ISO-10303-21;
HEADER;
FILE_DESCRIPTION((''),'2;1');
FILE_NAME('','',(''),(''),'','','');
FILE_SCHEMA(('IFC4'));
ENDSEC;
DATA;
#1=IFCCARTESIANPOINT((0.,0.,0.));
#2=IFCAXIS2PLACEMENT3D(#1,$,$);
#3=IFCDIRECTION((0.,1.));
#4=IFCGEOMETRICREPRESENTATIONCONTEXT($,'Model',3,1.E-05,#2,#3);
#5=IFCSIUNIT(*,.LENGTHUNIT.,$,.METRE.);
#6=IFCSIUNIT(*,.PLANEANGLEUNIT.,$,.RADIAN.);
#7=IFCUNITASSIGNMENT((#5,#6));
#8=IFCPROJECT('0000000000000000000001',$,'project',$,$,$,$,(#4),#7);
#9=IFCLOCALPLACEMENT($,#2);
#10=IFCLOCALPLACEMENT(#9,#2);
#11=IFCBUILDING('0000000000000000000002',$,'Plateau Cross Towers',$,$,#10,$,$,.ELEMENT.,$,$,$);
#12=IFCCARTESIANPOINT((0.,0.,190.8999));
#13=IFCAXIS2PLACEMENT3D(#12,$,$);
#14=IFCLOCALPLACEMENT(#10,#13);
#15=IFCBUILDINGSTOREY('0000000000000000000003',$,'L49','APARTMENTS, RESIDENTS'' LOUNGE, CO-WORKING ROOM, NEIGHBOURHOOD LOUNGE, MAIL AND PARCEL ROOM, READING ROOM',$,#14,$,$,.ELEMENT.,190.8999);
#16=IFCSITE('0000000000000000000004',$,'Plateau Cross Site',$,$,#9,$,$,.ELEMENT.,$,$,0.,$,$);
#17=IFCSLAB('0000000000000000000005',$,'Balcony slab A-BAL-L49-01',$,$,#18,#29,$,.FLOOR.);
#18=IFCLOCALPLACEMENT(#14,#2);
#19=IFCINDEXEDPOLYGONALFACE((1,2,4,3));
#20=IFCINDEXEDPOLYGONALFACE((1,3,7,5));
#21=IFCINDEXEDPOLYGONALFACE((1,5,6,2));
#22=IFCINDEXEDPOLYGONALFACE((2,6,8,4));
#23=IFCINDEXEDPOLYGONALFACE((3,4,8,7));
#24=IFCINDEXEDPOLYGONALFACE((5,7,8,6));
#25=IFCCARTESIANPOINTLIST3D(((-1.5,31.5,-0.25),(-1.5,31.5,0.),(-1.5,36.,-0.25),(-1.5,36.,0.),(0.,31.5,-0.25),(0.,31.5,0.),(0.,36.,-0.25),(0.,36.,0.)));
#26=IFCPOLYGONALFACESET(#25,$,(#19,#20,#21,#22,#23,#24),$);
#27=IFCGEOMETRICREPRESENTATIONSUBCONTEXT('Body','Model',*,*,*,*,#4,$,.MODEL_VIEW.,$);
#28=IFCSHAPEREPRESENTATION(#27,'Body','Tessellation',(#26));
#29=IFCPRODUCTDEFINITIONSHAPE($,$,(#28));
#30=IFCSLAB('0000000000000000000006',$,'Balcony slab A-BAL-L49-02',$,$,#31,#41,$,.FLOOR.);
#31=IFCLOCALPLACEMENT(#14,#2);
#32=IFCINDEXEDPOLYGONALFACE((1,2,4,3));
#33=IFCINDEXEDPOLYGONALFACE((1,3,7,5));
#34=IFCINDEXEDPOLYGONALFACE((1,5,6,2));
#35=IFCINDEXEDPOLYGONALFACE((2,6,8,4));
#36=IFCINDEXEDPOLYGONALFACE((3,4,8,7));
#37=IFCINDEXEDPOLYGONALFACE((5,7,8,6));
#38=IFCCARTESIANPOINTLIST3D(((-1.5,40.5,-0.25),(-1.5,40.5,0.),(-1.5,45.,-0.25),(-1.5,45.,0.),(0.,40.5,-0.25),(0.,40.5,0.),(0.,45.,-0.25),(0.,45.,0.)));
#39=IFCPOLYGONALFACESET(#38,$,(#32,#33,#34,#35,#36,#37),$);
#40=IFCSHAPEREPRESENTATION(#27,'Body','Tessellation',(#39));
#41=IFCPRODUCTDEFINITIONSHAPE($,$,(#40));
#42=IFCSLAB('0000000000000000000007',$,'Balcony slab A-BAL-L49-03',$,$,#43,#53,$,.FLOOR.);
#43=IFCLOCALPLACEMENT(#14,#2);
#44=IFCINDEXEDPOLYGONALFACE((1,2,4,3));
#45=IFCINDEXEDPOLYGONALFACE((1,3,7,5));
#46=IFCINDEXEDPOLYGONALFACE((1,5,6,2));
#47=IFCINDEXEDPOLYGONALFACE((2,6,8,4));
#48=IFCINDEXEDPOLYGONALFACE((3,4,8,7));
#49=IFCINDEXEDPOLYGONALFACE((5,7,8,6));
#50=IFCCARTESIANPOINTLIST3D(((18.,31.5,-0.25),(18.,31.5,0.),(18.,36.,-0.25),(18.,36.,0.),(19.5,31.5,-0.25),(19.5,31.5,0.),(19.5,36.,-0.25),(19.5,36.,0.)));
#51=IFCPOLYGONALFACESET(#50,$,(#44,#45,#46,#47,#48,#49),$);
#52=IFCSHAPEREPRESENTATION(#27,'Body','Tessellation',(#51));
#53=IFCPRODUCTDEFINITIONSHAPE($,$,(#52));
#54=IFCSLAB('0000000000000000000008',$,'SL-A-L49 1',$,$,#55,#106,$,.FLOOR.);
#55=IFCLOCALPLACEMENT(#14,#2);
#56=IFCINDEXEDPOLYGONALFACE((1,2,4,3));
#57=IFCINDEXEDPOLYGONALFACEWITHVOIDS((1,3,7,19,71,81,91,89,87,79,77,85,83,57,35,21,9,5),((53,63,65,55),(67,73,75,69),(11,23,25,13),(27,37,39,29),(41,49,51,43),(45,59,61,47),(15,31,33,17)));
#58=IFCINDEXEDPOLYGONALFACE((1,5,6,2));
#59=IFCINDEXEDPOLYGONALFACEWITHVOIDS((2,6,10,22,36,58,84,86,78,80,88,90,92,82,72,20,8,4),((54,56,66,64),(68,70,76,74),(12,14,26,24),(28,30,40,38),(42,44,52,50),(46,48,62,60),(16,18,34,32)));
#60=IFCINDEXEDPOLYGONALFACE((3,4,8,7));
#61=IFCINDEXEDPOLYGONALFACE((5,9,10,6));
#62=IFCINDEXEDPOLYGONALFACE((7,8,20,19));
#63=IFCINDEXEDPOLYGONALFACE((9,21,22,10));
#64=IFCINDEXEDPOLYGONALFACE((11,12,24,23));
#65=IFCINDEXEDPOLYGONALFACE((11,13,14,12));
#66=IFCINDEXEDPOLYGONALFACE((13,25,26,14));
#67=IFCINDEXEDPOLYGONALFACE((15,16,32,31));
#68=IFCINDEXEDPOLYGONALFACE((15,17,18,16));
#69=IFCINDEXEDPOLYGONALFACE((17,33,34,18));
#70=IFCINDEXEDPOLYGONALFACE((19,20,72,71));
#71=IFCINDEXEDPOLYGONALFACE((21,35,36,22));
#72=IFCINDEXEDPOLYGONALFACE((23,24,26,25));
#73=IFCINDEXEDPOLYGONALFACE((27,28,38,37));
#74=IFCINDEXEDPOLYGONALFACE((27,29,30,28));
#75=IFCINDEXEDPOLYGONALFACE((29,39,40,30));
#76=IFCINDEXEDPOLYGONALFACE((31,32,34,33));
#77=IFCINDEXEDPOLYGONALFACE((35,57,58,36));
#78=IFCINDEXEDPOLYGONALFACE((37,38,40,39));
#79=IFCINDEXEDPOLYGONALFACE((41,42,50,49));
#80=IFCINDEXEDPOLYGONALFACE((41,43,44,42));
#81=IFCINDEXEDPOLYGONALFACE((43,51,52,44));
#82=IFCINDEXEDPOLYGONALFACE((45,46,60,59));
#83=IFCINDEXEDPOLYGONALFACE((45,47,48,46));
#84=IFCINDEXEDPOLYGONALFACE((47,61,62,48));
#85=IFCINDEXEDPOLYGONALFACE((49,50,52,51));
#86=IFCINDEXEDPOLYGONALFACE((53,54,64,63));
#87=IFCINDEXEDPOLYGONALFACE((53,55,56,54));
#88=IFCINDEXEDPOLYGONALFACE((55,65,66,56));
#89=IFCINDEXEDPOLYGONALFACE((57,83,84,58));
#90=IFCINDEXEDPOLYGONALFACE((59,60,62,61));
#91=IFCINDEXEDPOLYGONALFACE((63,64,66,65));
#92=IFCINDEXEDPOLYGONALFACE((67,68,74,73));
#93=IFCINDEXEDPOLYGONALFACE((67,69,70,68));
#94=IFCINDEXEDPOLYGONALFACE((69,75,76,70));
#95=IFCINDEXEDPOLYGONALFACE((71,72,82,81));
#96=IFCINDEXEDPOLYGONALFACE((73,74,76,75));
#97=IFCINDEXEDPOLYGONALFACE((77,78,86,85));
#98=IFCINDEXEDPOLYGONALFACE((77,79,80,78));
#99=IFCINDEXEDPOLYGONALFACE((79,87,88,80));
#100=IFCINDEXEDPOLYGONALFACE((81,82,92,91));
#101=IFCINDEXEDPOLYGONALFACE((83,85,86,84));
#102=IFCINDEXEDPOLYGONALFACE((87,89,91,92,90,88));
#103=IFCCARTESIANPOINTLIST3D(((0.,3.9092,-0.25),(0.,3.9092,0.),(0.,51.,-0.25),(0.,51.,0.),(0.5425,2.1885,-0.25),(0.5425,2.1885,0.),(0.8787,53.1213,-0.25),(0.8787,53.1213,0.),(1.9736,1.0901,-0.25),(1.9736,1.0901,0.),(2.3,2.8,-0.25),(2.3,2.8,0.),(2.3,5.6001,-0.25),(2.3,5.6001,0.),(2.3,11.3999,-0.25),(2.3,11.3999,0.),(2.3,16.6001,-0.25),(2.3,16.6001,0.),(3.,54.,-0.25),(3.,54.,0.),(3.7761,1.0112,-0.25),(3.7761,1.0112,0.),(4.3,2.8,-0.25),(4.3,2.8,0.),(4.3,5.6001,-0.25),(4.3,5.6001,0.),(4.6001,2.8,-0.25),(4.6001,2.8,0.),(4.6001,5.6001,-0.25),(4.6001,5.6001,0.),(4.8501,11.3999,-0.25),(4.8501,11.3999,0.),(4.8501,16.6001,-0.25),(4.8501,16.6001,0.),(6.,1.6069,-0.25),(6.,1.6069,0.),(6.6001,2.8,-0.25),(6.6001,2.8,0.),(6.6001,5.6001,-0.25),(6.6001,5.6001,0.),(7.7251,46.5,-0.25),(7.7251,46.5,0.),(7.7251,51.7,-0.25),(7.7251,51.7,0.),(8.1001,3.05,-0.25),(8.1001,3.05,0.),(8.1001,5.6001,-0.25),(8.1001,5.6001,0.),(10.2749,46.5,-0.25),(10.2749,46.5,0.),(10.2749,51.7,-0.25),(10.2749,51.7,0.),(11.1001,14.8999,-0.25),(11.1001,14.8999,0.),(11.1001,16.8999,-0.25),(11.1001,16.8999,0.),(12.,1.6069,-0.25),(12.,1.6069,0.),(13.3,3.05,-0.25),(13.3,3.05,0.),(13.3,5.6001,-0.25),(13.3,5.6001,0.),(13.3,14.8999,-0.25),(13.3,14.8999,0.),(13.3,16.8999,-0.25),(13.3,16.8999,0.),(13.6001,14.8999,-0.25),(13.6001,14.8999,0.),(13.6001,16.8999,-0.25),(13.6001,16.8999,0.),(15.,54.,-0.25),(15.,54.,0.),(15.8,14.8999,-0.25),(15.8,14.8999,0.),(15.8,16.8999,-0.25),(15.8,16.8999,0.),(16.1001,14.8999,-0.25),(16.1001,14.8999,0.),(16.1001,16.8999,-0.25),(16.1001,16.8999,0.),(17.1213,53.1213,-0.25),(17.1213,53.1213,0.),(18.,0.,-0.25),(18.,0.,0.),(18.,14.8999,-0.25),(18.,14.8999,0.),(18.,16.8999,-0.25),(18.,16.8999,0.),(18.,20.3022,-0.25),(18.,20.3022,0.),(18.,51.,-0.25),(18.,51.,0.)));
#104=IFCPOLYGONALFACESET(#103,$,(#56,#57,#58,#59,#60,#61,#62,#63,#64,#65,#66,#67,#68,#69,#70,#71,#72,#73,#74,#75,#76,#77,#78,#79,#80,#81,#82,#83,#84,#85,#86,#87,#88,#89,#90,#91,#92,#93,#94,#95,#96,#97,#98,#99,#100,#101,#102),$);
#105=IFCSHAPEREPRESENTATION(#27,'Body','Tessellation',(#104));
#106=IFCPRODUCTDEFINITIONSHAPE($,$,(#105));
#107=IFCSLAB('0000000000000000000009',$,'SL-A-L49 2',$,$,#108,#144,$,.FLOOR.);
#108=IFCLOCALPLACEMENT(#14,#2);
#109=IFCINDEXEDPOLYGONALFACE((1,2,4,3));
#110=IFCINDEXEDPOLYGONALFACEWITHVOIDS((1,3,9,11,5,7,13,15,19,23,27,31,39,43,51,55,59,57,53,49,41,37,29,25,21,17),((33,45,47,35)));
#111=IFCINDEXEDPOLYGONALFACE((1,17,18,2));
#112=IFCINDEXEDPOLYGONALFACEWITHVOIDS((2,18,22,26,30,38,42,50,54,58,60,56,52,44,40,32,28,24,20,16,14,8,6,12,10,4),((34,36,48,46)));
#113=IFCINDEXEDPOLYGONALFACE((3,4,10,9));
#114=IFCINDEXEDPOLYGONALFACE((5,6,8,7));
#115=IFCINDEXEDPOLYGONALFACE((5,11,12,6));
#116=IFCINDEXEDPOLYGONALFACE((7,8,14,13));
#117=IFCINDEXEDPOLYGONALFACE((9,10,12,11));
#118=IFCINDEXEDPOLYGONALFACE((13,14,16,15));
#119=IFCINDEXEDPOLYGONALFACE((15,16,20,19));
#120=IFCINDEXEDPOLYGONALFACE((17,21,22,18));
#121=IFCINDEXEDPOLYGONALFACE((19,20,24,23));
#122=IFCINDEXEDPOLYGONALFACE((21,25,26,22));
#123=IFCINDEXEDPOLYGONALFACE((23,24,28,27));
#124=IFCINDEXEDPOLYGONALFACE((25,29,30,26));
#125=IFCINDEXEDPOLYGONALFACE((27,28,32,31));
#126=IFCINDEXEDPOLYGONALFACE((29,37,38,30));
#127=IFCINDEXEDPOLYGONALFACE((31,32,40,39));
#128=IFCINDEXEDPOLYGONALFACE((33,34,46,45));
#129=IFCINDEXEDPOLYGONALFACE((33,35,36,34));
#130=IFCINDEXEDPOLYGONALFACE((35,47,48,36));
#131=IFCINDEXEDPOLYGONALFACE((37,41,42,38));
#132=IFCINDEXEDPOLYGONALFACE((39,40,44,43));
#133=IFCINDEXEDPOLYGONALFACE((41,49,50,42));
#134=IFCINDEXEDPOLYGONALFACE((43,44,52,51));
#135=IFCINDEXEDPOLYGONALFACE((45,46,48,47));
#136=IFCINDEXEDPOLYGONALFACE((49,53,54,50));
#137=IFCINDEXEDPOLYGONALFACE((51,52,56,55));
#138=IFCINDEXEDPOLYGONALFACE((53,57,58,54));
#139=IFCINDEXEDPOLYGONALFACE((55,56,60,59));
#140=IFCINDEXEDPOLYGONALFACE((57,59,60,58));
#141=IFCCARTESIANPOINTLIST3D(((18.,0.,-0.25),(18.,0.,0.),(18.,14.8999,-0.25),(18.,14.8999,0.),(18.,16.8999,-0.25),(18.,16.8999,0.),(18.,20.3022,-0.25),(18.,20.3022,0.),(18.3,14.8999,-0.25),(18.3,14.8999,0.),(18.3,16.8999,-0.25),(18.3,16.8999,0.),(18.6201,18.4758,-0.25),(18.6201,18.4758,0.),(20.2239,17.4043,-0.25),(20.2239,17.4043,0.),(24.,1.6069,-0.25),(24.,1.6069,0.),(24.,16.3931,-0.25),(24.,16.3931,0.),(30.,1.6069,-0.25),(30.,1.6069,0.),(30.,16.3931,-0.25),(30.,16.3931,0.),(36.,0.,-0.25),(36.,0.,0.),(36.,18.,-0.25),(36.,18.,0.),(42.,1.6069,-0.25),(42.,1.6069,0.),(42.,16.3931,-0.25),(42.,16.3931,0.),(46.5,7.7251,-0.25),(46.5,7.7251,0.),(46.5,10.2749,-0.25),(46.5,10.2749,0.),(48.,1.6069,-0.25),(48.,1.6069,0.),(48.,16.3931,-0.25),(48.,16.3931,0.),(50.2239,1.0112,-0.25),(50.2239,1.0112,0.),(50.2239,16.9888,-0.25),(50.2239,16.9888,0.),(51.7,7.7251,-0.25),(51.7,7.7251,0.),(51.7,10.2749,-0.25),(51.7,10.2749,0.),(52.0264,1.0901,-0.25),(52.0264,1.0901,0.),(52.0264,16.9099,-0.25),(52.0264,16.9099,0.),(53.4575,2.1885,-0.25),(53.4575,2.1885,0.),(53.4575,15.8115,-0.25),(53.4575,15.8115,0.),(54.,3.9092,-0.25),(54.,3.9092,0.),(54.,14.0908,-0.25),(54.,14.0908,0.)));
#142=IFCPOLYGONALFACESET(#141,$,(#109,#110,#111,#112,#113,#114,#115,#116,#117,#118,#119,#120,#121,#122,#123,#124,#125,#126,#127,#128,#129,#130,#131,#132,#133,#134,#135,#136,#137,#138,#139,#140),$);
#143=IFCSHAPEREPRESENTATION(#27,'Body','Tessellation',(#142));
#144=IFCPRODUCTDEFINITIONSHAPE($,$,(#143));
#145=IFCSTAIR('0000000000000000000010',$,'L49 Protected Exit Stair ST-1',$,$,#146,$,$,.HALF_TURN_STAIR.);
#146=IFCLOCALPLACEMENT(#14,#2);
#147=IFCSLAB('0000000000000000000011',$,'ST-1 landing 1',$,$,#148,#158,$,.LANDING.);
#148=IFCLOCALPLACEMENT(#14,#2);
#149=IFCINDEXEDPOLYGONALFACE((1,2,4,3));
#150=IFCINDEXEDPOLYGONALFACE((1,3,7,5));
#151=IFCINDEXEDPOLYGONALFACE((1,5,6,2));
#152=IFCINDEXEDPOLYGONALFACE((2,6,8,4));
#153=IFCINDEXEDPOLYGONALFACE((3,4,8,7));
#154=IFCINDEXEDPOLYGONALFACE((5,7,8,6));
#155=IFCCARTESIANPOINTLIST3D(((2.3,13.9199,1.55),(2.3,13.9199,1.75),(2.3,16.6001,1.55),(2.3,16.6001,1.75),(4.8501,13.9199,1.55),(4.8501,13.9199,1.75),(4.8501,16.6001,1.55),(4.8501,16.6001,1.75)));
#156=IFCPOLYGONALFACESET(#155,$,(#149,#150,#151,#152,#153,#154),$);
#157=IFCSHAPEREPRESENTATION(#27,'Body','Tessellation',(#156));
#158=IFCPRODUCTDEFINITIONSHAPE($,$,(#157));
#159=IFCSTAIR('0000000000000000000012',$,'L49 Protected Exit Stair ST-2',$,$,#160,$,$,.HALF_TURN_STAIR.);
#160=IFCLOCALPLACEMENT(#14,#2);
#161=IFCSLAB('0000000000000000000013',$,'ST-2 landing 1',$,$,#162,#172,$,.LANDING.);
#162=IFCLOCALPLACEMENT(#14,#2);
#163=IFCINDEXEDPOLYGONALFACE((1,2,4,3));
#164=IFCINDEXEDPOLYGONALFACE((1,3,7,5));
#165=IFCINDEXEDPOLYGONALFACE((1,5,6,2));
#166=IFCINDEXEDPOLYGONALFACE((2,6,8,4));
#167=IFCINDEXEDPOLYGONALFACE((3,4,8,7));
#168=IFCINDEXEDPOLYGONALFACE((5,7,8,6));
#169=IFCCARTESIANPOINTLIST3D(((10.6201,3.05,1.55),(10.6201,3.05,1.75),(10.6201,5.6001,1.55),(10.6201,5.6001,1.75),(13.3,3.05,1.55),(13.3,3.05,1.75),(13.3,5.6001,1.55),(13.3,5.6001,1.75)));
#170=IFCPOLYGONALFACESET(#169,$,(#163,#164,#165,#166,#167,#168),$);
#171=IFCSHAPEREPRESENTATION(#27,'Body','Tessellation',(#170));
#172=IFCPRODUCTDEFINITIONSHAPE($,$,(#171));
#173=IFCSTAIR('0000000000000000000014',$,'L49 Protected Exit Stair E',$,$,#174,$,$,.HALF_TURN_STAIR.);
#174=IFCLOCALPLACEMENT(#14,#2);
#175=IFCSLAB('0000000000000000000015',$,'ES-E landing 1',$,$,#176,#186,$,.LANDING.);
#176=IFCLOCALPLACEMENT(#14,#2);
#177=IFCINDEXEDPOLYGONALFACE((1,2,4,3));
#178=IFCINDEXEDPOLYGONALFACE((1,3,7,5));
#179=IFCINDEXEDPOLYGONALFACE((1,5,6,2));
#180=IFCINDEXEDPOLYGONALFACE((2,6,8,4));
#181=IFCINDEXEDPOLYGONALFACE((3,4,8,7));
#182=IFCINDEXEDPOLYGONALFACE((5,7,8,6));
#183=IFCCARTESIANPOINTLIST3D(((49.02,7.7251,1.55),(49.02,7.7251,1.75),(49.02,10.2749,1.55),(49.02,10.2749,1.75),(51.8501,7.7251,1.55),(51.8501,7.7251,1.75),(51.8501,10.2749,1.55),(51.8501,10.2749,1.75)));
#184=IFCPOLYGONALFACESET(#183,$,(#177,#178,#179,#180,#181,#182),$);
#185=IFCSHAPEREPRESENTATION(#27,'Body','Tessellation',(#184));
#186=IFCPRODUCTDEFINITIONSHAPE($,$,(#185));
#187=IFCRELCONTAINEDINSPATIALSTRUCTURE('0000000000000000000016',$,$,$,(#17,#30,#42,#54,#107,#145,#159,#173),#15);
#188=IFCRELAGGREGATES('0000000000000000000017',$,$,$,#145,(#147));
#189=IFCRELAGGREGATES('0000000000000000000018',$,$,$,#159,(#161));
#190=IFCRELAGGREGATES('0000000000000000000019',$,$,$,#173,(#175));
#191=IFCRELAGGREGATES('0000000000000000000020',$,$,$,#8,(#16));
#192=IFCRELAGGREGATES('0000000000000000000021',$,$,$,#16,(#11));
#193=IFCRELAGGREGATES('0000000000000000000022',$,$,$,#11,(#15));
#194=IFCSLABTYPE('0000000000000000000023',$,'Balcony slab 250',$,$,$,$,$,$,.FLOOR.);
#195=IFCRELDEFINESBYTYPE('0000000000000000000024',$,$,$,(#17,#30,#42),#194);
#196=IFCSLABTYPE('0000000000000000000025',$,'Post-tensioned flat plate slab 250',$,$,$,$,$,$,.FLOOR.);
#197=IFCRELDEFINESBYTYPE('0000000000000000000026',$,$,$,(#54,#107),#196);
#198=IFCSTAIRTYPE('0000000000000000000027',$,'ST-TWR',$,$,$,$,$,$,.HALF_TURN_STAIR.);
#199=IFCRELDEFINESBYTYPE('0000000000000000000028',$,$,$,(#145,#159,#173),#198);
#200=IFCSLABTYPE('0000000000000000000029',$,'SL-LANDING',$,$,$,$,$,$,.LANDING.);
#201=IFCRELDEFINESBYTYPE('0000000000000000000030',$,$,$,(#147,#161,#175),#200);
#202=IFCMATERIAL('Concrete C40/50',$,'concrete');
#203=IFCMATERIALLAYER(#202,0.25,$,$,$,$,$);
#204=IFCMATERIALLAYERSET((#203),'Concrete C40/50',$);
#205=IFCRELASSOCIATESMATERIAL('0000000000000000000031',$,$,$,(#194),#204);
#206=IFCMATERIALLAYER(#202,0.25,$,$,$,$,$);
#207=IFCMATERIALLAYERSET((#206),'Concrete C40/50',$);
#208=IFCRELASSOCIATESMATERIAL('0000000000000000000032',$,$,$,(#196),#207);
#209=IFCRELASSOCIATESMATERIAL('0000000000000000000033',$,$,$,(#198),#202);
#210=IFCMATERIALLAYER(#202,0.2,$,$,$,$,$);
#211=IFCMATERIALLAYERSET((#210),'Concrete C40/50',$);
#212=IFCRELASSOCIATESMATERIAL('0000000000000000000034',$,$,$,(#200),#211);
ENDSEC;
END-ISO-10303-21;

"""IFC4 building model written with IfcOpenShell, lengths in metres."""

from ifc_helpers import new_model, si_unit, direction, frame, origin, place, context, subcontext, project, spatial, polyline, outline, extrude, material, layer, layer_set, type_object, element, aggregate, save


model = new_model("IFC4")

# Units and contexts
model_context = context("Model", 3, precision=1e-05, world=origin(), true_north=direction((0.0, 1.0)))
body_context = subcontext(model_context, "Body", "Model", "MODEL_VIEW")
ifc_project = project(units=[si_unit("LENGTHUNIT", "METRE"), si_unit("PLANEANGLEUNIT", "RADIAN")], contexts=[model_context])

# Site, building, storey
site_placement = place(None, origin())
site = spatial("IfcSite", under=ifc_project, at=site_placement, Name="Plateau Cross Site", CompositionType="ELEMENT", RefElevation=0.0)
building_placement = place(site_placement, origin())
building = spatial("IfcBuilding", under=site, at=building_placement, Name="Plateau Cross Towers", CompositionType="ELEMENT")
storey_placement = place(building_placement, frame((0.0, 0.0, 190.8999)))
storey = spatial("IfcBuildingStorey", under=building, at=storey_placement, Name="L49", Description="APARTMENTS, RESIDENTS' LOUNGE, CO-WORKING ROOM, NEIGHBOURHOOD LOUNGE, MAIL AND PARCEL ROOM, READING ROOM", CompositionType="ELEMENT", Elevation=190.8999)

# Slabs
ifc_material_1 = material(Name="Concrete C40/50", Category="concrete")
ifc_layer_1 = layer(ifc_material_1, 0.25)
ifc_layer_set_1 = layer_set([ifc_layer_1], Name="Concrete C40/50")
slab_type_1 = type_object("IfcSlabType", Name="Balcony slab 250", PredefinedType="FLOOR", material=ifc_layer_set_1)
slab_1_placement = place(storey_placement, frame((0.0, 0.0, -0.25)))
element("IfcSlab", 1, at=slab_1_placement, inside=storey, type_object=slab_type_1, Name="Balcony slab A-BAL-L49-01", PredefinedType="FLOOR", context=body_context, shape_type="SweptSolid", body=[
    extrude(outline(polyline([(0.0, 31.5), (0.0, 36.0), (-1.5, 36.0), (-1.5, 31.5), (0.0, 31.5)])), origin(), (0.0, 0.0, 1.0), 0.25),
])
slab_2_placement = place(storey_placement, frame((0.0, 0.0, -0.25)))
element("IfcSlab", 2, at=slab_2_placement, inside=storey, type_object=slab_type_1, Name="Balcony slab A-BAL-L49-02", PredefinedType="FLOOR", context=body_context, shape_type="SweptSolid", body=[
    extrude(outline(polyline([(0.0, 40.5), (0.0, 45.0), (-1.5, 45.0), (-1.5, 40.5), (0.0, 40.5)])), origin(), (0.0, 0.0, 1.0), 0.25),
])
slab_3_placement = place(storey_placement, frame((0.0, 0.0, -0.25)))
element("IfcSlab", 3, at=slab_3_placement, inside=storey, type_object=slab_type_1, Name="Balcony slab A-BAL-L49-03", PredefinedType="FLOOR", context=body_context, shape_type="SweptSolid", body=[
    extrude(outline(polyline([(19.5, 31.5), (19.5, 36.0), (18.0, 36.0), (18.0, 31.5), (19.5, 31.5)])), origin(), (0.0, 0.0, 1.0), 0.25),
])
ifc_layer_2 = layer(ifc_material_1, 0.25)
ifc_layer_set_2 = layer_set([ifc_layer_2], Name="Concrete C40/50")
slab_type_2 = type_object("IfcSlabType", Name="Post-tensioned flat plate slab 250", PredefinedType="FLOOR", material=ifc_layer_set_2)
slab_4_placement = place(storey_placement, frame((0.0, 0.0, -0.25)))
element("IfcSlab", 4, at=slab_4_placement, inside=storey, type_object=slab_type_2, Name="SL-A-L49 1", PredefinedType="FLOOR", context=body_context, shape_type="SweptSolid", body=[
    extrude(outline(polyline([(0.5425, 2.1885), (0.0, 3.9092), (0.0, 51.0), (0.8787, 53.1213), (3.0, 54.0), (15.0, 54.0), (17.1213, 53.1213), (18.0, 51.0), (18.0, 20.3022), (18.0, 16.8999), (16.1001, 16.8999), (16.1001, 14.8999), (18.0, 14.8999), (18.0, 0.0), (12.0, 1.6069), (6.0, 1.6069), (3.7761, 1.0112), (1.9736, 1.0901), (0.5425, 2.1885)]), holes=[polyline([(2.3, 5.6001), (2.3, 2.8), (4.3, 2.8), (4.3, 5.6001), (2.3, 5.6001)]), polyline([(4.6001, 5.6001), (4.6001, 2.8), (6.6001, 2.8), (6.6001, 5.6001), (4.6001, 5.6001)]), polyline([(8.1001, 5.6001), (8.1001, 3.05), (13.3, 3.05), (13.3, 5.6001), (8.1001, 5.6001)]), polyline([(2.3, 11.3999), (4.8501, 11.3999), (4.8501, 16.6001), (2.3, 16.6001), (2.3, 11.3999)]), polyline([(11.1001, 16.8999), (11.1001, 14.8999), (13.3, 14.8999), (13.3, 16.8999), (11.1001, 16.8999)]), polyline([(13.6001, 16.8999), (13.6001, 14.8999), (15.8, 14.8999), (15.8, 16.8999), (13.6001, 16.8999)]), polyline([(7.7251, 51.7), (7.7251, 46.5), (10.2749, 46.5), (10.2749, 51.7), (7.7251, 51.7)])]), origin(), (0.0, 0.0, 1.0), 0.25),
])
slab_5_placement = place(storey_placement, frame((0.0, 0.0, -0.25)))
element("IfcSlab", 5, at=slab_5_placement, inside=storey, type_object=slab_type_2, Name="SL-A-L49 2", PredefinedType="FLOOR", context=body_context, shape_type="SweptSolid", body=[
    extrude(outline(polyline([(18.6201, 18.4758), (20.2239, 17.4043), (24.0, 16.3931), (30.0, 16.3931), (36.0, 18.0), (42.0, 16.3931), (48.0, 16.3931), (50.2239, 16.9888), (52.0264, 16.9099), (53.4575, 15.8115), (54.0, 14.0908), (54.0, 3.9092), (53.4575, 2.1885), (52.0264, 1.0901), (50.2239, 1.0112), (48.0, 1.6069), (42.0, 1.6069), (36.0, 0.0), (30.0, 1.6069), (24.0, 1.6069), (18.0, 0.0), (18.0, 14.8999), (18.3, 14.8999), (18.3, 16.8999), (18.0, 16.8999), (18.0, 20.3022), (18.6201, 18.4758)]), holes=[polyline([(46.5, 10.2749), (46.5, 7.7251), (51.7, 7.7251), (51.7, 10.2749), (46.5, 10.2749)])]), origin(), (0.0, 0.0, 1.0), 0.25),
])

# Stairs, slabs
stair_type = type_object("IfcStairType", Name="ST-TWR", PredefinedType="HALF_TURN_STAIR", material=ifc_material_1)
stair_1_placement = place(storey_placement, origin())
stair_1 = element("IfcStair", 6, at=stair_1_placement, inside=storey, type_object=stair_type, Name="L49 Protected Exit Stair ST-1", PredefinedType="HALF_TURN_STAIR")
ifc_layer_3 = layer(ifc_material_1, 0.2)
ifc_layer_set_3 = layer_set([ifc_layer_3], Name="Concrete C40/50")
slab_type_3 = type_object("IfcSlabType", Name="SL-LANDING", PredefinedType="LANDING", material=ifc_layer_set_3)
slab_6_placement = place(storey_placement, frame((0.0, 0.0, 1.55)))
slab_6 = element("IfcSlab", 7, at=slab_6_placement, type_object=slab_type_3, Name="ST-1 landing 1", PredefinedType="LANDING", context=body_context, shape_type="SweptSolid", body=[
    extrude(outline(polyline([(4.8501, 13.9199), (4.8501, 16.6001), (2.3, 16.6001), (2.3, 13.9199), (4.8501, 13.9199)])), origin(), (0.0, 0.0, 1.0), 0.2),
])
aggregate(stair_1, [slab_6])
stair_2_placement = place(storey_placement, origin())
stair_2 = element("IfcStair", 8, at=stair_2_placement, inside=storey, type_object=stair_type, Name="L49 Protected Exit Stair ST-2", PredefinedType="HALF_TURN_STAIR")
slab_7_placement = place(storey_placement, frame((0.0, 0.0, 1.55)))
slab_7 = element("IfcSlab", 9, at=slab_7_placement, type_object=slab_type_3, Name="ST-2 landing 1", PredefinedType="LANDING", context=body_context, shape_type="SweptSolid", body=[
    extrude(outline(polyline([(10.6201, 3.05), (13.3, 3.05), (13.3, 5.6001), (10.6201, 5.6001), (10.6201, 3.05)])), origin(), (0.0, 0.0, 1.0), 0.2),
])
aggregate(stair_2, [slab_7])
stair_3_placement = place(storey_placement, origin())
stair_3 = element("IfcStair", 10, at=stair_3_placement, inside=storey, type_object=stair_type, Name="L49 Protected Exit Stair E", PredefinedType="HALF_TURN_STAIR")
slab_8_placement = place(storey_placement, frame((0.0, 0.0, 1.55)))
slab_8 = element("IfcSlab", 11, at=slab_8_placement, type_object=slab_type_3, Name="ES-E landing 1", PredefinedType="LANDING", context=body_context, shape_type="SweptSolid", body=[
    extrude(outline(polyline([(49.02, 7.7251), (51.8501, 7.7251), (51.8501, 10.2749), (49.02, 10.2749), (49.02, 7.7251)])), origin(), (0.0, 0.0, 1.0), 0.2),
])
aggregate(stair_3, [slab_8])

save(model, "model.ifc")
